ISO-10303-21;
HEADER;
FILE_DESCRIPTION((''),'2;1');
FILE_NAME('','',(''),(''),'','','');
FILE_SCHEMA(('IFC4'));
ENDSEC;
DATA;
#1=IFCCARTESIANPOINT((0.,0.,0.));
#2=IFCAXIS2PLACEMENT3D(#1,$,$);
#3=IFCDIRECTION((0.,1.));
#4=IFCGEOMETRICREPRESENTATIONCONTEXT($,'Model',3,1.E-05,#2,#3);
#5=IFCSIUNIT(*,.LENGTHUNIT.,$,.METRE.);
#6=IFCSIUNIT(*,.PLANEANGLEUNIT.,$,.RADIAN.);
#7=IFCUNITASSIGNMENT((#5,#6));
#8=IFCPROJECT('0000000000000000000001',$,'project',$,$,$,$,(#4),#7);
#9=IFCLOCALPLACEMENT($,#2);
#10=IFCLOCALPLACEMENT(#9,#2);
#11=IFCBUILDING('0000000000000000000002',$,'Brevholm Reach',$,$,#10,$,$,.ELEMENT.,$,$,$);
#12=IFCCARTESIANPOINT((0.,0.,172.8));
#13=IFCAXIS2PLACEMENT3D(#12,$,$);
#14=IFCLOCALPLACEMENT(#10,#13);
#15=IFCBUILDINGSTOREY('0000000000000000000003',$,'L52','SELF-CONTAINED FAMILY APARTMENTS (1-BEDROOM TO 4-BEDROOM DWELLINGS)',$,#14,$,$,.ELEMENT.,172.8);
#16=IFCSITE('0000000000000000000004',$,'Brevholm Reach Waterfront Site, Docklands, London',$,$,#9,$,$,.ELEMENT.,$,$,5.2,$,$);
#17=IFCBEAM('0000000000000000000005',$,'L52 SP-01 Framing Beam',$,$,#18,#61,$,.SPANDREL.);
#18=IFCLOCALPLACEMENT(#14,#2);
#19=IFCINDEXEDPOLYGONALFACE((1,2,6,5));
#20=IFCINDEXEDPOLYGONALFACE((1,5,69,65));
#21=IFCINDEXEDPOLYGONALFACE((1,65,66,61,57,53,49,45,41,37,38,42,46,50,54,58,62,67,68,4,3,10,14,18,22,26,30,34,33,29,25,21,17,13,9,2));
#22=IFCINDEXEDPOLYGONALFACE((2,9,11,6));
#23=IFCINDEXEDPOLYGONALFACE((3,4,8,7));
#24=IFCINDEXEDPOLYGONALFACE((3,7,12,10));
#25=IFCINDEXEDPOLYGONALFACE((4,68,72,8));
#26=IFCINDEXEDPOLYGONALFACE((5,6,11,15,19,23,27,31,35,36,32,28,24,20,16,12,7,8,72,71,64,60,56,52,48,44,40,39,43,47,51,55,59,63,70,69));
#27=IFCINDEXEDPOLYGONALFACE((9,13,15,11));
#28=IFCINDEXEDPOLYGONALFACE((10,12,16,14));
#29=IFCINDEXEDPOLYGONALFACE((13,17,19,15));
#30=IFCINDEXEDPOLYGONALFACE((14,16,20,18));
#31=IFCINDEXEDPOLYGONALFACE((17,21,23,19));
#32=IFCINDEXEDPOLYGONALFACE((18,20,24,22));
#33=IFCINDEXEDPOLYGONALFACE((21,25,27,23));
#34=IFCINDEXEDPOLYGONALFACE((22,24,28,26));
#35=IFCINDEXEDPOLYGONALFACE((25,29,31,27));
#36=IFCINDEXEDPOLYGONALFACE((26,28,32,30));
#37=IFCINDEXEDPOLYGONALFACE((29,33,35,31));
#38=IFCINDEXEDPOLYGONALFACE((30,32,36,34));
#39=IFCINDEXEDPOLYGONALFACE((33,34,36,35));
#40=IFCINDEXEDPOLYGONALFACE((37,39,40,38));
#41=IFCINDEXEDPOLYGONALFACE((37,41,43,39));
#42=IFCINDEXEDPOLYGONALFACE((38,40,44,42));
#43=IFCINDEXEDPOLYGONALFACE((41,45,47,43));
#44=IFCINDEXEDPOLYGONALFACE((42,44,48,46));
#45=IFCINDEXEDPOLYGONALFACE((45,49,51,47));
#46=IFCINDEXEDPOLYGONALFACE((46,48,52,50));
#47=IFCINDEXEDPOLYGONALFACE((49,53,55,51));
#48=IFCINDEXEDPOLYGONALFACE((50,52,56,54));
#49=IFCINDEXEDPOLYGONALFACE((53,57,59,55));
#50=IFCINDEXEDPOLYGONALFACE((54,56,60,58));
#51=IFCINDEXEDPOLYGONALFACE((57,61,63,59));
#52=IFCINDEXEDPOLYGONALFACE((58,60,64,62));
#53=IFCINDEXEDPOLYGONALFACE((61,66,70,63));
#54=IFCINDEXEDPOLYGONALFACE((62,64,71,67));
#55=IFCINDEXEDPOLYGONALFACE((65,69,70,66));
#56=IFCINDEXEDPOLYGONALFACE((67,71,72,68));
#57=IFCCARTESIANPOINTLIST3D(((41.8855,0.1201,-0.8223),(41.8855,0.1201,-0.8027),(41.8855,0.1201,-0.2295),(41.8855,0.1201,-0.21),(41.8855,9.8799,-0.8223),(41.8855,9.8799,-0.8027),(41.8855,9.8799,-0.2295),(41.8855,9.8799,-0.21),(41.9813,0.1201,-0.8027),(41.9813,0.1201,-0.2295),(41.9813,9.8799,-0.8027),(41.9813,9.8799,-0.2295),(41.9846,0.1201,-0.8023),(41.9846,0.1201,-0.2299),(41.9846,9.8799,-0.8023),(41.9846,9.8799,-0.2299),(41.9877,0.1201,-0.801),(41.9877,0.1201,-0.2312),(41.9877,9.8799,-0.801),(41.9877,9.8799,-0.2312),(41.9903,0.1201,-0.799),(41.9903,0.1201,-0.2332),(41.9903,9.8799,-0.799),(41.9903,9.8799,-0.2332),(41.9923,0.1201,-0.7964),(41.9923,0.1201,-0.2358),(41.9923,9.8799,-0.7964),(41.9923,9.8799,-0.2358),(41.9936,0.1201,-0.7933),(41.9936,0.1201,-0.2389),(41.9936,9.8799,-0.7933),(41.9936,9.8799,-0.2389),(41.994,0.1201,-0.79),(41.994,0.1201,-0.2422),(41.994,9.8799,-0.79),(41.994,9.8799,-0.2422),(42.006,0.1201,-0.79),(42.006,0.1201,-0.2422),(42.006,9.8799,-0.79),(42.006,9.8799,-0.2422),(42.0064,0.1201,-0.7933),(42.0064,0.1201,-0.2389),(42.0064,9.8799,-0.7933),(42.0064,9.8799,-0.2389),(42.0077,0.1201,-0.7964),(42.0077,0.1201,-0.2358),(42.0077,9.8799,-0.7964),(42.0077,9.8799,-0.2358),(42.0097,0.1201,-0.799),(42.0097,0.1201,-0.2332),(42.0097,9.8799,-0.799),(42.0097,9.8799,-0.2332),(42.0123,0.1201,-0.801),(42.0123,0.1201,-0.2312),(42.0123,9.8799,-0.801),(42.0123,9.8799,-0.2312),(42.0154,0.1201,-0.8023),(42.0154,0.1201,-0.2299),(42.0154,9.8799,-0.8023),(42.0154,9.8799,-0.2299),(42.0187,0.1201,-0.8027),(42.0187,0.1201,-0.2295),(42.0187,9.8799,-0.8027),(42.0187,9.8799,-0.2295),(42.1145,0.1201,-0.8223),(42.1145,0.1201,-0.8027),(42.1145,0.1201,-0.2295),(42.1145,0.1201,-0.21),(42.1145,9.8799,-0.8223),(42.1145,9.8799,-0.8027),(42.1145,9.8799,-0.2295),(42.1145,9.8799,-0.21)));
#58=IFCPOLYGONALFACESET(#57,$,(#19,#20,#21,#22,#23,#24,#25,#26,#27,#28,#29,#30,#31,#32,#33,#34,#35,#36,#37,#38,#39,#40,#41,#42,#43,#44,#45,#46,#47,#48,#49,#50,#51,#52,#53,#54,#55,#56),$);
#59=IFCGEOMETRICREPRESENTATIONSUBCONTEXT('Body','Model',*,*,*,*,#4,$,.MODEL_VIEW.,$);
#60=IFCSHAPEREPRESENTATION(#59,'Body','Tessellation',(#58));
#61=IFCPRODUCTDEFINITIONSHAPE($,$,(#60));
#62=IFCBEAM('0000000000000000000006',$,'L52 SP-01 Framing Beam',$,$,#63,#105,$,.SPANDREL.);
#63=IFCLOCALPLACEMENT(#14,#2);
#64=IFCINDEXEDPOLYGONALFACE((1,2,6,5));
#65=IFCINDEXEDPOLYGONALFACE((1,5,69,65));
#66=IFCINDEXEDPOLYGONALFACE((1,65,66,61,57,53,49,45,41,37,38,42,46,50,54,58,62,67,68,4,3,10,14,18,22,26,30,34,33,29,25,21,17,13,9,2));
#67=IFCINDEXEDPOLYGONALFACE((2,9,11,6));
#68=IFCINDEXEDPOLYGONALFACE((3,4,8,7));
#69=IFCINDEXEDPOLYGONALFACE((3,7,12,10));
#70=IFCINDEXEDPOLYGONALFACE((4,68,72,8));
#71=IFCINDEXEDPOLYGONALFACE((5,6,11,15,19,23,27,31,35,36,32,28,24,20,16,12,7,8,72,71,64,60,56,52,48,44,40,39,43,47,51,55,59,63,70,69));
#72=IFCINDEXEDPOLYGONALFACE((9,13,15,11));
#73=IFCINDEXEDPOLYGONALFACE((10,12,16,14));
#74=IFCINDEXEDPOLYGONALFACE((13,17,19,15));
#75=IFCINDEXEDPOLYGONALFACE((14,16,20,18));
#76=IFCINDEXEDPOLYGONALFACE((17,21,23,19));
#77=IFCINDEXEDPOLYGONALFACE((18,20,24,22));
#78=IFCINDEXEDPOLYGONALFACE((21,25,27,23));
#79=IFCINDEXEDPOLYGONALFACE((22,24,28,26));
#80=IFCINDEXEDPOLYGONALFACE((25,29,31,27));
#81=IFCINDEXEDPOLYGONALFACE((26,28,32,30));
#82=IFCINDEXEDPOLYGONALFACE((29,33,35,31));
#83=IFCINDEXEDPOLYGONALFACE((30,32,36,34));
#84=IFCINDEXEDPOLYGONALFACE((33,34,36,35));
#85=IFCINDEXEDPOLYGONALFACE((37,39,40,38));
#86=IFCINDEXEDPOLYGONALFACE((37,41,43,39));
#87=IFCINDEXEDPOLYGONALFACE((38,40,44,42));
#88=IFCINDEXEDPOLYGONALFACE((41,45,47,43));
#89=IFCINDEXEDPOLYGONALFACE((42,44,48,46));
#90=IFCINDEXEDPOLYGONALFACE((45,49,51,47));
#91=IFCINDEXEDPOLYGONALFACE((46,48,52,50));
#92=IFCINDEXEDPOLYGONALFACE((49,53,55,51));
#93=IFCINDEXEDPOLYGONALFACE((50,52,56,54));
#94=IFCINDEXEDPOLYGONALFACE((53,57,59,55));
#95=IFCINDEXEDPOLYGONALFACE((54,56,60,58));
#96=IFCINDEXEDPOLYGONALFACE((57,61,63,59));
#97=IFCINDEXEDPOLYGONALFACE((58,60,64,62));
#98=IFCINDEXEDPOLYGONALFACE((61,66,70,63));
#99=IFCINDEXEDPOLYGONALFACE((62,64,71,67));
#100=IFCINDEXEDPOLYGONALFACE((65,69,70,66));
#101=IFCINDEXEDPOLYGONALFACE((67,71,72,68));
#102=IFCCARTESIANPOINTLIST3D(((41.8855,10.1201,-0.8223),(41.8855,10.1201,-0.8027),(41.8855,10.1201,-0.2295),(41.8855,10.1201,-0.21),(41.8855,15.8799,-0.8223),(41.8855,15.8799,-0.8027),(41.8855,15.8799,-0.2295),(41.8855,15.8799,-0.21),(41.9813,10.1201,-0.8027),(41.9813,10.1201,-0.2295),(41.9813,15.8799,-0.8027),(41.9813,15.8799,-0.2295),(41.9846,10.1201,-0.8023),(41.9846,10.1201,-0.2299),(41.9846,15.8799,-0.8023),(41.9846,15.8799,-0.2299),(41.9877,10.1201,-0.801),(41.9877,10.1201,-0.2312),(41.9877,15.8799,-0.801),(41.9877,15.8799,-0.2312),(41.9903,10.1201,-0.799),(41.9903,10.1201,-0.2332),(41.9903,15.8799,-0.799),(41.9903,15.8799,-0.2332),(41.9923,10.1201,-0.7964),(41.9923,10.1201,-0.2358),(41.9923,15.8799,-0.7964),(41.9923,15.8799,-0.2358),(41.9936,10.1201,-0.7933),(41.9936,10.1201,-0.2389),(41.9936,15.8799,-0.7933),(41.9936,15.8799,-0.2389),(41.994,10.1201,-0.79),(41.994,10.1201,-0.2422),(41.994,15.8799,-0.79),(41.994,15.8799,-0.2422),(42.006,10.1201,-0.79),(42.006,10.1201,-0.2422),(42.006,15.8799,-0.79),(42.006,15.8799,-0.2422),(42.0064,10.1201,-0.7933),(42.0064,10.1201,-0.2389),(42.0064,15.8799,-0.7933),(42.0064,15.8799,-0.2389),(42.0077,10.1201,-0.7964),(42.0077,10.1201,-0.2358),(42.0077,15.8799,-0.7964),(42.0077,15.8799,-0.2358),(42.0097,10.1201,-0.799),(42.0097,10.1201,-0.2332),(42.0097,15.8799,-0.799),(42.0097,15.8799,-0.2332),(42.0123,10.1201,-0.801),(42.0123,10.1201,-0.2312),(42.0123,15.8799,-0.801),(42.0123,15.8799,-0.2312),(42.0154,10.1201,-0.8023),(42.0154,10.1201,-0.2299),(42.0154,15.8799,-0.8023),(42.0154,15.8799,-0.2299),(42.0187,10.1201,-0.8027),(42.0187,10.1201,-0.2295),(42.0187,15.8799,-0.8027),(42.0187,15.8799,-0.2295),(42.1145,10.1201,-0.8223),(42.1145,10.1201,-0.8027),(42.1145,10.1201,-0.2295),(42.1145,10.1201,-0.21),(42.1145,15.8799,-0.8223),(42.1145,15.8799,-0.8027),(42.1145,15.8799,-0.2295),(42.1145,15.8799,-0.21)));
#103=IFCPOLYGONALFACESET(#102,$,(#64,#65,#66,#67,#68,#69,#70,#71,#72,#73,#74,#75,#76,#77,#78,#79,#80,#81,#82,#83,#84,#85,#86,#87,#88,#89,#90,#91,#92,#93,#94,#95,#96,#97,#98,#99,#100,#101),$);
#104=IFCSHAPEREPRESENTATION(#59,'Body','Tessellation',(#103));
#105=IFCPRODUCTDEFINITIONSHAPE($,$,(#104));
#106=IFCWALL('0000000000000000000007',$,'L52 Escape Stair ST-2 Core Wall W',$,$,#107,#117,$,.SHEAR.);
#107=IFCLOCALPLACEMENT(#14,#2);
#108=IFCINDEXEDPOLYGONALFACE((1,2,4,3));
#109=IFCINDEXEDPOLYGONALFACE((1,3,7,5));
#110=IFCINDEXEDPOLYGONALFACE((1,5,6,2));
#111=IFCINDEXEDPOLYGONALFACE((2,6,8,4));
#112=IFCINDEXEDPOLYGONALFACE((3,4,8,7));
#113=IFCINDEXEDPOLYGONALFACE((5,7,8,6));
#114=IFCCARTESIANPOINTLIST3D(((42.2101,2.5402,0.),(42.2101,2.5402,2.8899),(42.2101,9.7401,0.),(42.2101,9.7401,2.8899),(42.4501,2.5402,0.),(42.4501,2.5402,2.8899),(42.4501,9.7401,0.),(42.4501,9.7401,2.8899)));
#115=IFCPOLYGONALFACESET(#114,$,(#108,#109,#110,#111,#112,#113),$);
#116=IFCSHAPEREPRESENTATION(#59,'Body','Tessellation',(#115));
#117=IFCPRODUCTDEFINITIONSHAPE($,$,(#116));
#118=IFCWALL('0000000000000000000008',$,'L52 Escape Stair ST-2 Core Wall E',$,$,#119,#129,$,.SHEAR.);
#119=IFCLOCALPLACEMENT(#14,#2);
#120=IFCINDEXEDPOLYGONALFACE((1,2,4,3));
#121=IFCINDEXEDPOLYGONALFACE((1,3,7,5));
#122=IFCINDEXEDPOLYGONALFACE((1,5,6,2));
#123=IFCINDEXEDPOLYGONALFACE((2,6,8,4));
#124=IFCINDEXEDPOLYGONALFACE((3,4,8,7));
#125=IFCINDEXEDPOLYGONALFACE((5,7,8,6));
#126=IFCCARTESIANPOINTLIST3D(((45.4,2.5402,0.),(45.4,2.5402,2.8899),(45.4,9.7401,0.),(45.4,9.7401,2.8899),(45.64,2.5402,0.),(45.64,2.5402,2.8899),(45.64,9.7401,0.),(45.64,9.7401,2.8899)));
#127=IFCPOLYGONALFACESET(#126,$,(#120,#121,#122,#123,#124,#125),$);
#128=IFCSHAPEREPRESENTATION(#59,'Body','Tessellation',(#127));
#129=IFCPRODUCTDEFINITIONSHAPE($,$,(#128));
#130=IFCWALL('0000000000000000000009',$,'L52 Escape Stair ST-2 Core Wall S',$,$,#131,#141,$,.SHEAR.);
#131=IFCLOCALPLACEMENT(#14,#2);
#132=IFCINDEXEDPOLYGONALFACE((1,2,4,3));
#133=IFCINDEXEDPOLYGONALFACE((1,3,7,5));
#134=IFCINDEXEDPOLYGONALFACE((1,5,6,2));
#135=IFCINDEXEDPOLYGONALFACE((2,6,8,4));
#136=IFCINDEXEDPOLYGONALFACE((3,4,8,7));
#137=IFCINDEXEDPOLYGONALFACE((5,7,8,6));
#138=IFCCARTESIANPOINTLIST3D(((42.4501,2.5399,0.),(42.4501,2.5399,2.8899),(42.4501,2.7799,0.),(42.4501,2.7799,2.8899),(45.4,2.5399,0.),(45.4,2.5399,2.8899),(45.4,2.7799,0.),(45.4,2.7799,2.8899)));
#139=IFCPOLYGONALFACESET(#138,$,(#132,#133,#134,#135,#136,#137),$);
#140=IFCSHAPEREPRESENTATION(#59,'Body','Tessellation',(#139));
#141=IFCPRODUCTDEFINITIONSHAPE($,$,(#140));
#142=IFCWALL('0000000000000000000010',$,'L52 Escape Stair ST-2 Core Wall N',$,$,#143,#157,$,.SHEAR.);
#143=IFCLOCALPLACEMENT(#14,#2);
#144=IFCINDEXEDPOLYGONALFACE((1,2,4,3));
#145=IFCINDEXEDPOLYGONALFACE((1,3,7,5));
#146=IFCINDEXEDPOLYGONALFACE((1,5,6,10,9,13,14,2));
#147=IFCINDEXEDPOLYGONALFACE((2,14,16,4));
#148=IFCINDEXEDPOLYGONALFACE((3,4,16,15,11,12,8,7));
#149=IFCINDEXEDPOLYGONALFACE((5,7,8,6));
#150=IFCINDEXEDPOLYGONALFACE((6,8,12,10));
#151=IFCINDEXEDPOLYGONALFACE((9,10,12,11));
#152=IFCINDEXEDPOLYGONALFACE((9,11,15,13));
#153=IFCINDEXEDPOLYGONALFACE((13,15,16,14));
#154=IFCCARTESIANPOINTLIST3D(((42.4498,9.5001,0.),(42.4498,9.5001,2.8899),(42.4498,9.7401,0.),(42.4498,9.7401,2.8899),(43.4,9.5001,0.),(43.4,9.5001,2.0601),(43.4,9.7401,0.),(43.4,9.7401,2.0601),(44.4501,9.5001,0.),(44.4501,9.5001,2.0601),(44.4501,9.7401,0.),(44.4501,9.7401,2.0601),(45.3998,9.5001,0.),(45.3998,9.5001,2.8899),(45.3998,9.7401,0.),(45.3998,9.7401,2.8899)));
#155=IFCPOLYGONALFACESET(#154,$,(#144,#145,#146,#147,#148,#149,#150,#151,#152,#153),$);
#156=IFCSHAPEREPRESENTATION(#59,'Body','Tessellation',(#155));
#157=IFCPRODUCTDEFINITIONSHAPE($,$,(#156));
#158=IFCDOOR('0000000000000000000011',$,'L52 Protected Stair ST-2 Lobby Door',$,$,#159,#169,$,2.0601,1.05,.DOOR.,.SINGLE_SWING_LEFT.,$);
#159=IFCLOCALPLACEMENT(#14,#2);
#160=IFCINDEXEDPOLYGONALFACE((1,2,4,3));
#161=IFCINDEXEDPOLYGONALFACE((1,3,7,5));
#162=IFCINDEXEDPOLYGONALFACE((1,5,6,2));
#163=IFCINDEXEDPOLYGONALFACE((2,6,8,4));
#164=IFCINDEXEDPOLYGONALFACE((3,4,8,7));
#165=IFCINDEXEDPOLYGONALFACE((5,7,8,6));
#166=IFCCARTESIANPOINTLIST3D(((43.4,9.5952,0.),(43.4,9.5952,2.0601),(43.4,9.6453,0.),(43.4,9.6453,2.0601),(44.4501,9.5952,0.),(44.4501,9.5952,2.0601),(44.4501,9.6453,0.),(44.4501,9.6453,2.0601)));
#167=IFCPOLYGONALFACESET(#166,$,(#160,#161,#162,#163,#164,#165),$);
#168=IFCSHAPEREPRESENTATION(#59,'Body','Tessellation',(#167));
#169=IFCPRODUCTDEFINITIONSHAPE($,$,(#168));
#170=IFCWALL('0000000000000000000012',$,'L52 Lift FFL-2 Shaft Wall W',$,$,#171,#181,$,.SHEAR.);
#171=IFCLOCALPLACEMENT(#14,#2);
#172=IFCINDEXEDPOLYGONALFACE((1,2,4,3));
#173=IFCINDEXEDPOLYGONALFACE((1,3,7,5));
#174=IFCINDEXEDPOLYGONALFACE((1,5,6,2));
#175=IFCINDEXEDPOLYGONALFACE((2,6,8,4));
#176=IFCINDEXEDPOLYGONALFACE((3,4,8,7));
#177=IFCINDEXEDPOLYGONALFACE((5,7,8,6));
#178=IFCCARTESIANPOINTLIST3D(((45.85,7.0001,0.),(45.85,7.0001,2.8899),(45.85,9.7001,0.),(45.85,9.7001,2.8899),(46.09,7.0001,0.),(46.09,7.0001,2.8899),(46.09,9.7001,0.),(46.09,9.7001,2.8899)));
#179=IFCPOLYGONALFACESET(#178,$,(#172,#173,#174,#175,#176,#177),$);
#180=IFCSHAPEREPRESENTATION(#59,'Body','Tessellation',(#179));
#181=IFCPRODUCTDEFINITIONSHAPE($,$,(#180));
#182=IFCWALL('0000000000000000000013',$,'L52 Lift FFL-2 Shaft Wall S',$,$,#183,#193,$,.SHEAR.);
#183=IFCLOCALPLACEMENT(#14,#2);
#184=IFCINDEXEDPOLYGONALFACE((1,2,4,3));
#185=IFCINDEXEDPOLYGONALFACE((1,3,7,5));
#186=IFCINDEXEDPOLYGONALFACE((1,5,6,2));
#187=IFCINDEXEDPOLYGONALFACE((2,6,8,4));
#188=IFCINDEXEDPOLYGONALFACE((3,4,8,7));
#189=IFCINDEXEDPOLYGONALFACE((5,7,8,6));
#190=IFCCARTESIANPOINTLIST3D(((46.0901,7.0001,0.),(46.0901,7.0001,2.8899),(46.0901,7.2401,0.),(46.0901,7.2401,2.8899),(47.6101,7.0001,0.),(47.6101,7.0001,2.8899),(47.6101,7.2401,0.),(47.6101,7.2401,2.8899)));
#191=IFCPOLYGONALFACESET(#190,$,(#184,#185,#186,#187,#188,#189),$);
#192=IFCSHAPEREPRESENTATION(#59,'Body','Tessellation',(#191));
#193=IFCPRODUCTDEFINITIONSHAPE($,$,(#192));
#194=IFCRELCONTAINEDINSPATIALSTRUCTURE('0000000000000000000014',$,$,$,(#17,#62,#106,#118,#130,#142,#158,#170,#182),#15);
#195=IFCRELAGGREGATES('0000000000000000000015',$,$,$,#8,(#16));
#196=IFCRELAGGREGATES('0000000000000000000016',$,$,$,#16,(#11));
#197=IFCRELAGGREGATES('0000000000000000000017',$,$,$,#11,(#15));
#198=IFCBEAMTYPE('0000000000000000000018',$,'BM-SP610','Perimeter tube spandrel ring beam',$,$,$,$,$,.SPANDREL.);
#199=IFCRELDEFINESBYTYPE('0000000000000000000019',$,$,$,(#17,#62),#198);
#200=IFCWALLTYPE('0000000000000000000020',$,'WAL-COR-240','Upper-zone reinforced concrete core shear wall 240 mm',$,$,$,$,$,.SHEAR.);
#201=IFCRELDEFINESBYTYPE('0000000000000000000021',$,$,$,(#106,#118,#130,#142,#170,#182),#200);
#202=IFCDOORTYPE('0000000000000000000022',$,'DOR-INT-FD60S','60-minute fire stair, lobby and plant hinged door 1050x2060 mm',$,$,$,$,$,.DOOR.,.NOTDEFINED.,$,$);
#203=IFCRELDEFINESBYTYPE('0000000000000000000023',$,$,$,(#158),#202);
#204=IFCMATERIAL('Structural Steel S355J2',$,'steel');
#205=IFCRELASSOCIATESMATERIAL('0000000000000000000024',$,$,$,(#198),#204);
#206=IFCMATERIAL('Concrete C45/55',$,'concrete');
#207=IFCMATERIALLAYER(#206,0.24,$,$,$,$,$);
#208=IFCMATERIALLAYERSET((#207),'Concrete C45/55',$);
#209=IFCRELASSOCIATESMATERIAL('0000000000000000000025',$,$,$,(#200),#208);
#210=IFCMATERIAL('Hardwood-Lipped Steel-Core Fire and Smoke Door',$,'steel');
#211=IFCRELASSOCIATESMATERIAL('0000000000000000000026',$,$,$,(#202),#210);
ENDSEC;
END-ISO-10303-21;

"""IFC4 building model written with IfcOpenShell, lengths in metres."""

from ifc_helpers import new_model, si_unit, direction, frame, frame_2d, origin, origin_2d, place, context, subcontext, project, spatial, rectangle, i_section, extrude, material, layer, layer_set, material_profile, profile_set, type_object, element, fill, save


model = new_model("IFC4")

# Units and contexts
model_context = context("Model", 3, precision=1e-05, world=origin(), true_north=direction((0.0, 1.0)))
body_context = subcontext(model_context, "Body", "Model", "MODEL_VIEW")
ifc_project = project(units=[si_unit("LENGTHUNIT", "METRE"), si_unit("PLANEANGLEUNIT", "RADIAN")], contexts=[model_context])

# Site, building, storey
site_placement = place(None, origin())
site = spatial("IfcSite", under=ifc_project, at=site_placement, Name="Brevholm Reach Waterfront Site, Docklands, London", CompositionType="ELEMENT", RefElevation=5.2)
building_placement = place(site_placement, origin())
building = spatial("IfcBuilding", under=site, at=building_placement, Name="Brevholm Reach", CompositionType="ELEMENT")
storey_placement = place(building_placement, frame((0.0, 0.0, 172.8)))
storey = spatial("IfcBuildingStorey", under=building, at=storey_placement, Name="L52", Description="SELF-CONTAINED FAMILY APARTMENTS (1-BEDROOM TO 4-BEDROOM DWELLINGS)", CompositionType="ELEMENT", Elevation=172.8)

# Beams
ifc_material_1 = material(Name="Structural Steel S355J2", Category="steel")
ifc_material_profile_1 = material_profile(ifc_material_1, i_section(OverallWidth=0.229, OverallDepth=0.6123, WebThickness=0.012, FlangeThickness=0.0195, FilletRadius=0.0127, at=origin_2d()), Name="UKB 610x229x125")
ifc_profile_set_1 = profile_set([ifc_material_profile_1], Name="Structural Steel S355J2")
beam_type_1 = type_object("IfcBeamType", Name="BM-SP610", Description="Perimeter tube spandrel ring beam", PredefinedType="SPANDREL", material=ifc_profile_set_1)
beam_1_placement = place(storey_placement, frame((42.0, 0.1201, -0.5161), z_axis=(0.0, 1.0, 0.0), x_axis=(-1.0, 0.0, 0.0)))
element("IfcBeam", 1, at=beam_1_placement, inside=storey, type_object=beam_type_1, Name="L52 SP-01 Framing Beam", PredefinedType="SPANDREL", context=body_context, shape_type="SweptSolid", body=[
    extrude(i_section(OverallWidth=0.229, OverallDepth=0.6123, WebThickness=0.012, FlangeThickness=0.0195, FilletRadius=0.0127, at=origin_2d()), origin(), (0.0, 0.0, 1.0), 9.7598),
])
beam_2_placement = place(storey_placement, frame((42.0, 10.1201, -0.5161), z_axis=(0.0, 1.0, 0.0), x_axis=(-1.0, 0.0, 0.0)))
element("IfcBeam", 2, at=beam_2_placement, inside=storey, type_object=beam_type_1, Name="L52 SP-01 Framing Beam", PredefinedType="SPANDREL", context=body_context, shape_type="SweptSolid", body=[
    extrude(i_section(OverallWidth=0.229, OverallDepth=0.6123, WebThickness=0.012, FlangeThickness=0.0195, FilletRadius=0.0127, at=origin_2d()), origin(), (0.0, 0.0, 1.0), 5.7598),
])

# Walls
ifc_material_2 = material(Name="Concrete C45/55", Category="concrete")
ifc_layer_1 = layer(ifc_material_2, 0.24)
ifc_layer_set_1 = layer_set([ifc_layer_1], Name="Concrete C45/55")
wall_type_1 = type_object("IfcWallType", Name="WAL-COR-240", Description="Upper-zone reinforced concrete core shear wall 240 mm", PredefinedType="SHEAR", material=ifc_layer_set_1)
for number, where, z_axis, x_axis, name in (
    (3, (42.3301, 2.54, 0.0), (0.0, 0.0, 1.0), (0.0, 1.0, 0.0), "L52 Escape Stair ST-2 Core Wall W"),
    (4, (45.52, 2.54, 0.0), (0.0, 0.0, 1.0), (0.0, 1.0, 0.0), "L52 Escape Stair ST-2 Core Wall E"),
):
    element("IfcWall", number, at=place(storey_placement, frame(where, z_axis=z_axis, x_axis=x_axis)), inside=storey, type_object=wall_type_1, Name=name, PredefinedType="SHEAR", context=body_context, shape_type="SweptSolid", body=[
        extrude(rectangle(XDim=7.2, YDim=0.24, at=frame_2d((3.6001, 0.0))), origin(), (0.0, 0.0, 1.0), 2.8899),
    ])
wall_1_placement = place(storey_placement, frame((42.45, 2.6599, 0.0), z_axis=(0.0, 0.0, 1.0), x_axis=(1.0, 0.0, 0.0)))
element("IfcWall", 5, at=wall_1_placement, inside=storey, type_object=wall_type_1, Name="L52 Escape Stair ST-2 Core Wall S", PredefinedType="SHEAR", context=body_context, shape_type="SweptSolid", body=[
    extrude(rectangle(XDim=2.95, YDim=0.24, at=frame_2d((1.4751, 0.0))), origin(), (0.0, 0.0, 1.0), 2.8899),
])

# Wall, opening, door
wall_2_placement = place(storey_placement, frame((45.3999, 9.6201, 0.0), z_axis=(0.0, 0.0, 1.0), x_axis=(-1.0, 0.0, 0.0)))
wall_2 = element("IfcWall", 6, at=wall_2_placement, inside=storey, type_object=wall_type_1, Name="L52 Escape Stair ST-2 Core Wall N", PredefinedType="SHEAR", context=body_context, shape_type="SweptSolid", body=[
    extrude(rectangle(XDim=2.95, YDim=0.24, at=frame_2d((1.4751, 0.0))), origin(), (0.0, 0.0, 1.0), 2.8899),
])
opening_1_placement = place(wall_2_placement, frame((0.95, 0.0, 0.0)))
opening_1 = element("IfcOpeningElement", 7, at=opening_1_placement, cuts=wall_2, PredefinedType="OPENING", context=body_context, shape_type="SweptSolid", body=[
    extrude(rectangle(XDim=1.05, YDim=2.0601, at=frame_2d((0.5249, 1.03))), frame((0.0, 0.1299, 0.0), z_axis=(0.0, -1.0, 0.0), x_axis=(1.0, 0.0, 0.0)), (0.0, 0.0, 1.0), 0.26),
])
ifc_material_3 = material(Name="Hardwood-Lipped Steel-Core Fire and Smoke Door", Category="steel")
door_type_1 = type_object("IfcDoorType", Name="DOR-INT-FD60S", Description="60-minute fire stair, lobby and plant hinged door 1050x2060 mm", OperationType="NOTDEFINED", PredefinedType="DOOR", material=ifc_material_3)
door_1_placement = place(opening_1_placement, origin())
door_1 = element("IfcDoor", 8, at=door_1_placement, inside=storey, type_object=door_type_1, Name="L52 Protected Stair ST-2 Lobby Door", OperationType="SINGLE_SWING_LEFT", OverallHeight=2.0601, OverallWidth=1.05, PredefinedType="DOOR", context=body_context, shape_type="SweptSolid", body=[
    extrude(rectangle(XDim=1.05, YDim=2.0601, at=frame_2d((0.5249, 1.03))), frame((0.0, 0.0249, 0.0), z_axis=(0.0, -1.0, 0.0), x_axis=(1.0, 0.0, 0.0)), (0.0, 0.0, 1.0), 0.05),
])
fill(opening_1, door_1)

# Walls
wall_3_placement = place(storey_placement, frame((45.97, 7.0, 0.0), z_axis=(0.0, 0.0, 1.0), x_axis=(0.0, 1.0, 0.0)))
element("IfcWall", 9, at=wall_3_placement, inside=storey, type_object=wall_type_1, Name="L52 Lift FFL-2 Shaft Wall W", PredefinedType="SHEAR", context=body_context, shape_type="SweptSolid", body=[
    extrude(rectangle(XDim=2.7, YDim=0.24, at=frame_2d((1.3501, 0.0))), origin(), (0.0, 0.0, 1.0), 2.8899),
])
wall_4_placement = place(storey_placement, frame((46.0901, 7.1201, 0.0), z_axis=(0.0, 0.0, 1.0), x_axis=(1.0, 0.0, 0.0)))
element("IfcWall", 10, at=wall_4_placement, inside=storey, type_object=wall_type_1, Name="L52 Lift FFL-2 Shaft Wall S", PredefinedType="SHEAR", context=body_context, shape_type="SweptSolid", body=[
    extrude(rectangle(XDim=1.52, YDim=0.24, at=frame_2d((0.76, 0.0))), origin(), (0.0, 0.0, 1.0), 2.8899),
])

save(model, "model.ifc")
